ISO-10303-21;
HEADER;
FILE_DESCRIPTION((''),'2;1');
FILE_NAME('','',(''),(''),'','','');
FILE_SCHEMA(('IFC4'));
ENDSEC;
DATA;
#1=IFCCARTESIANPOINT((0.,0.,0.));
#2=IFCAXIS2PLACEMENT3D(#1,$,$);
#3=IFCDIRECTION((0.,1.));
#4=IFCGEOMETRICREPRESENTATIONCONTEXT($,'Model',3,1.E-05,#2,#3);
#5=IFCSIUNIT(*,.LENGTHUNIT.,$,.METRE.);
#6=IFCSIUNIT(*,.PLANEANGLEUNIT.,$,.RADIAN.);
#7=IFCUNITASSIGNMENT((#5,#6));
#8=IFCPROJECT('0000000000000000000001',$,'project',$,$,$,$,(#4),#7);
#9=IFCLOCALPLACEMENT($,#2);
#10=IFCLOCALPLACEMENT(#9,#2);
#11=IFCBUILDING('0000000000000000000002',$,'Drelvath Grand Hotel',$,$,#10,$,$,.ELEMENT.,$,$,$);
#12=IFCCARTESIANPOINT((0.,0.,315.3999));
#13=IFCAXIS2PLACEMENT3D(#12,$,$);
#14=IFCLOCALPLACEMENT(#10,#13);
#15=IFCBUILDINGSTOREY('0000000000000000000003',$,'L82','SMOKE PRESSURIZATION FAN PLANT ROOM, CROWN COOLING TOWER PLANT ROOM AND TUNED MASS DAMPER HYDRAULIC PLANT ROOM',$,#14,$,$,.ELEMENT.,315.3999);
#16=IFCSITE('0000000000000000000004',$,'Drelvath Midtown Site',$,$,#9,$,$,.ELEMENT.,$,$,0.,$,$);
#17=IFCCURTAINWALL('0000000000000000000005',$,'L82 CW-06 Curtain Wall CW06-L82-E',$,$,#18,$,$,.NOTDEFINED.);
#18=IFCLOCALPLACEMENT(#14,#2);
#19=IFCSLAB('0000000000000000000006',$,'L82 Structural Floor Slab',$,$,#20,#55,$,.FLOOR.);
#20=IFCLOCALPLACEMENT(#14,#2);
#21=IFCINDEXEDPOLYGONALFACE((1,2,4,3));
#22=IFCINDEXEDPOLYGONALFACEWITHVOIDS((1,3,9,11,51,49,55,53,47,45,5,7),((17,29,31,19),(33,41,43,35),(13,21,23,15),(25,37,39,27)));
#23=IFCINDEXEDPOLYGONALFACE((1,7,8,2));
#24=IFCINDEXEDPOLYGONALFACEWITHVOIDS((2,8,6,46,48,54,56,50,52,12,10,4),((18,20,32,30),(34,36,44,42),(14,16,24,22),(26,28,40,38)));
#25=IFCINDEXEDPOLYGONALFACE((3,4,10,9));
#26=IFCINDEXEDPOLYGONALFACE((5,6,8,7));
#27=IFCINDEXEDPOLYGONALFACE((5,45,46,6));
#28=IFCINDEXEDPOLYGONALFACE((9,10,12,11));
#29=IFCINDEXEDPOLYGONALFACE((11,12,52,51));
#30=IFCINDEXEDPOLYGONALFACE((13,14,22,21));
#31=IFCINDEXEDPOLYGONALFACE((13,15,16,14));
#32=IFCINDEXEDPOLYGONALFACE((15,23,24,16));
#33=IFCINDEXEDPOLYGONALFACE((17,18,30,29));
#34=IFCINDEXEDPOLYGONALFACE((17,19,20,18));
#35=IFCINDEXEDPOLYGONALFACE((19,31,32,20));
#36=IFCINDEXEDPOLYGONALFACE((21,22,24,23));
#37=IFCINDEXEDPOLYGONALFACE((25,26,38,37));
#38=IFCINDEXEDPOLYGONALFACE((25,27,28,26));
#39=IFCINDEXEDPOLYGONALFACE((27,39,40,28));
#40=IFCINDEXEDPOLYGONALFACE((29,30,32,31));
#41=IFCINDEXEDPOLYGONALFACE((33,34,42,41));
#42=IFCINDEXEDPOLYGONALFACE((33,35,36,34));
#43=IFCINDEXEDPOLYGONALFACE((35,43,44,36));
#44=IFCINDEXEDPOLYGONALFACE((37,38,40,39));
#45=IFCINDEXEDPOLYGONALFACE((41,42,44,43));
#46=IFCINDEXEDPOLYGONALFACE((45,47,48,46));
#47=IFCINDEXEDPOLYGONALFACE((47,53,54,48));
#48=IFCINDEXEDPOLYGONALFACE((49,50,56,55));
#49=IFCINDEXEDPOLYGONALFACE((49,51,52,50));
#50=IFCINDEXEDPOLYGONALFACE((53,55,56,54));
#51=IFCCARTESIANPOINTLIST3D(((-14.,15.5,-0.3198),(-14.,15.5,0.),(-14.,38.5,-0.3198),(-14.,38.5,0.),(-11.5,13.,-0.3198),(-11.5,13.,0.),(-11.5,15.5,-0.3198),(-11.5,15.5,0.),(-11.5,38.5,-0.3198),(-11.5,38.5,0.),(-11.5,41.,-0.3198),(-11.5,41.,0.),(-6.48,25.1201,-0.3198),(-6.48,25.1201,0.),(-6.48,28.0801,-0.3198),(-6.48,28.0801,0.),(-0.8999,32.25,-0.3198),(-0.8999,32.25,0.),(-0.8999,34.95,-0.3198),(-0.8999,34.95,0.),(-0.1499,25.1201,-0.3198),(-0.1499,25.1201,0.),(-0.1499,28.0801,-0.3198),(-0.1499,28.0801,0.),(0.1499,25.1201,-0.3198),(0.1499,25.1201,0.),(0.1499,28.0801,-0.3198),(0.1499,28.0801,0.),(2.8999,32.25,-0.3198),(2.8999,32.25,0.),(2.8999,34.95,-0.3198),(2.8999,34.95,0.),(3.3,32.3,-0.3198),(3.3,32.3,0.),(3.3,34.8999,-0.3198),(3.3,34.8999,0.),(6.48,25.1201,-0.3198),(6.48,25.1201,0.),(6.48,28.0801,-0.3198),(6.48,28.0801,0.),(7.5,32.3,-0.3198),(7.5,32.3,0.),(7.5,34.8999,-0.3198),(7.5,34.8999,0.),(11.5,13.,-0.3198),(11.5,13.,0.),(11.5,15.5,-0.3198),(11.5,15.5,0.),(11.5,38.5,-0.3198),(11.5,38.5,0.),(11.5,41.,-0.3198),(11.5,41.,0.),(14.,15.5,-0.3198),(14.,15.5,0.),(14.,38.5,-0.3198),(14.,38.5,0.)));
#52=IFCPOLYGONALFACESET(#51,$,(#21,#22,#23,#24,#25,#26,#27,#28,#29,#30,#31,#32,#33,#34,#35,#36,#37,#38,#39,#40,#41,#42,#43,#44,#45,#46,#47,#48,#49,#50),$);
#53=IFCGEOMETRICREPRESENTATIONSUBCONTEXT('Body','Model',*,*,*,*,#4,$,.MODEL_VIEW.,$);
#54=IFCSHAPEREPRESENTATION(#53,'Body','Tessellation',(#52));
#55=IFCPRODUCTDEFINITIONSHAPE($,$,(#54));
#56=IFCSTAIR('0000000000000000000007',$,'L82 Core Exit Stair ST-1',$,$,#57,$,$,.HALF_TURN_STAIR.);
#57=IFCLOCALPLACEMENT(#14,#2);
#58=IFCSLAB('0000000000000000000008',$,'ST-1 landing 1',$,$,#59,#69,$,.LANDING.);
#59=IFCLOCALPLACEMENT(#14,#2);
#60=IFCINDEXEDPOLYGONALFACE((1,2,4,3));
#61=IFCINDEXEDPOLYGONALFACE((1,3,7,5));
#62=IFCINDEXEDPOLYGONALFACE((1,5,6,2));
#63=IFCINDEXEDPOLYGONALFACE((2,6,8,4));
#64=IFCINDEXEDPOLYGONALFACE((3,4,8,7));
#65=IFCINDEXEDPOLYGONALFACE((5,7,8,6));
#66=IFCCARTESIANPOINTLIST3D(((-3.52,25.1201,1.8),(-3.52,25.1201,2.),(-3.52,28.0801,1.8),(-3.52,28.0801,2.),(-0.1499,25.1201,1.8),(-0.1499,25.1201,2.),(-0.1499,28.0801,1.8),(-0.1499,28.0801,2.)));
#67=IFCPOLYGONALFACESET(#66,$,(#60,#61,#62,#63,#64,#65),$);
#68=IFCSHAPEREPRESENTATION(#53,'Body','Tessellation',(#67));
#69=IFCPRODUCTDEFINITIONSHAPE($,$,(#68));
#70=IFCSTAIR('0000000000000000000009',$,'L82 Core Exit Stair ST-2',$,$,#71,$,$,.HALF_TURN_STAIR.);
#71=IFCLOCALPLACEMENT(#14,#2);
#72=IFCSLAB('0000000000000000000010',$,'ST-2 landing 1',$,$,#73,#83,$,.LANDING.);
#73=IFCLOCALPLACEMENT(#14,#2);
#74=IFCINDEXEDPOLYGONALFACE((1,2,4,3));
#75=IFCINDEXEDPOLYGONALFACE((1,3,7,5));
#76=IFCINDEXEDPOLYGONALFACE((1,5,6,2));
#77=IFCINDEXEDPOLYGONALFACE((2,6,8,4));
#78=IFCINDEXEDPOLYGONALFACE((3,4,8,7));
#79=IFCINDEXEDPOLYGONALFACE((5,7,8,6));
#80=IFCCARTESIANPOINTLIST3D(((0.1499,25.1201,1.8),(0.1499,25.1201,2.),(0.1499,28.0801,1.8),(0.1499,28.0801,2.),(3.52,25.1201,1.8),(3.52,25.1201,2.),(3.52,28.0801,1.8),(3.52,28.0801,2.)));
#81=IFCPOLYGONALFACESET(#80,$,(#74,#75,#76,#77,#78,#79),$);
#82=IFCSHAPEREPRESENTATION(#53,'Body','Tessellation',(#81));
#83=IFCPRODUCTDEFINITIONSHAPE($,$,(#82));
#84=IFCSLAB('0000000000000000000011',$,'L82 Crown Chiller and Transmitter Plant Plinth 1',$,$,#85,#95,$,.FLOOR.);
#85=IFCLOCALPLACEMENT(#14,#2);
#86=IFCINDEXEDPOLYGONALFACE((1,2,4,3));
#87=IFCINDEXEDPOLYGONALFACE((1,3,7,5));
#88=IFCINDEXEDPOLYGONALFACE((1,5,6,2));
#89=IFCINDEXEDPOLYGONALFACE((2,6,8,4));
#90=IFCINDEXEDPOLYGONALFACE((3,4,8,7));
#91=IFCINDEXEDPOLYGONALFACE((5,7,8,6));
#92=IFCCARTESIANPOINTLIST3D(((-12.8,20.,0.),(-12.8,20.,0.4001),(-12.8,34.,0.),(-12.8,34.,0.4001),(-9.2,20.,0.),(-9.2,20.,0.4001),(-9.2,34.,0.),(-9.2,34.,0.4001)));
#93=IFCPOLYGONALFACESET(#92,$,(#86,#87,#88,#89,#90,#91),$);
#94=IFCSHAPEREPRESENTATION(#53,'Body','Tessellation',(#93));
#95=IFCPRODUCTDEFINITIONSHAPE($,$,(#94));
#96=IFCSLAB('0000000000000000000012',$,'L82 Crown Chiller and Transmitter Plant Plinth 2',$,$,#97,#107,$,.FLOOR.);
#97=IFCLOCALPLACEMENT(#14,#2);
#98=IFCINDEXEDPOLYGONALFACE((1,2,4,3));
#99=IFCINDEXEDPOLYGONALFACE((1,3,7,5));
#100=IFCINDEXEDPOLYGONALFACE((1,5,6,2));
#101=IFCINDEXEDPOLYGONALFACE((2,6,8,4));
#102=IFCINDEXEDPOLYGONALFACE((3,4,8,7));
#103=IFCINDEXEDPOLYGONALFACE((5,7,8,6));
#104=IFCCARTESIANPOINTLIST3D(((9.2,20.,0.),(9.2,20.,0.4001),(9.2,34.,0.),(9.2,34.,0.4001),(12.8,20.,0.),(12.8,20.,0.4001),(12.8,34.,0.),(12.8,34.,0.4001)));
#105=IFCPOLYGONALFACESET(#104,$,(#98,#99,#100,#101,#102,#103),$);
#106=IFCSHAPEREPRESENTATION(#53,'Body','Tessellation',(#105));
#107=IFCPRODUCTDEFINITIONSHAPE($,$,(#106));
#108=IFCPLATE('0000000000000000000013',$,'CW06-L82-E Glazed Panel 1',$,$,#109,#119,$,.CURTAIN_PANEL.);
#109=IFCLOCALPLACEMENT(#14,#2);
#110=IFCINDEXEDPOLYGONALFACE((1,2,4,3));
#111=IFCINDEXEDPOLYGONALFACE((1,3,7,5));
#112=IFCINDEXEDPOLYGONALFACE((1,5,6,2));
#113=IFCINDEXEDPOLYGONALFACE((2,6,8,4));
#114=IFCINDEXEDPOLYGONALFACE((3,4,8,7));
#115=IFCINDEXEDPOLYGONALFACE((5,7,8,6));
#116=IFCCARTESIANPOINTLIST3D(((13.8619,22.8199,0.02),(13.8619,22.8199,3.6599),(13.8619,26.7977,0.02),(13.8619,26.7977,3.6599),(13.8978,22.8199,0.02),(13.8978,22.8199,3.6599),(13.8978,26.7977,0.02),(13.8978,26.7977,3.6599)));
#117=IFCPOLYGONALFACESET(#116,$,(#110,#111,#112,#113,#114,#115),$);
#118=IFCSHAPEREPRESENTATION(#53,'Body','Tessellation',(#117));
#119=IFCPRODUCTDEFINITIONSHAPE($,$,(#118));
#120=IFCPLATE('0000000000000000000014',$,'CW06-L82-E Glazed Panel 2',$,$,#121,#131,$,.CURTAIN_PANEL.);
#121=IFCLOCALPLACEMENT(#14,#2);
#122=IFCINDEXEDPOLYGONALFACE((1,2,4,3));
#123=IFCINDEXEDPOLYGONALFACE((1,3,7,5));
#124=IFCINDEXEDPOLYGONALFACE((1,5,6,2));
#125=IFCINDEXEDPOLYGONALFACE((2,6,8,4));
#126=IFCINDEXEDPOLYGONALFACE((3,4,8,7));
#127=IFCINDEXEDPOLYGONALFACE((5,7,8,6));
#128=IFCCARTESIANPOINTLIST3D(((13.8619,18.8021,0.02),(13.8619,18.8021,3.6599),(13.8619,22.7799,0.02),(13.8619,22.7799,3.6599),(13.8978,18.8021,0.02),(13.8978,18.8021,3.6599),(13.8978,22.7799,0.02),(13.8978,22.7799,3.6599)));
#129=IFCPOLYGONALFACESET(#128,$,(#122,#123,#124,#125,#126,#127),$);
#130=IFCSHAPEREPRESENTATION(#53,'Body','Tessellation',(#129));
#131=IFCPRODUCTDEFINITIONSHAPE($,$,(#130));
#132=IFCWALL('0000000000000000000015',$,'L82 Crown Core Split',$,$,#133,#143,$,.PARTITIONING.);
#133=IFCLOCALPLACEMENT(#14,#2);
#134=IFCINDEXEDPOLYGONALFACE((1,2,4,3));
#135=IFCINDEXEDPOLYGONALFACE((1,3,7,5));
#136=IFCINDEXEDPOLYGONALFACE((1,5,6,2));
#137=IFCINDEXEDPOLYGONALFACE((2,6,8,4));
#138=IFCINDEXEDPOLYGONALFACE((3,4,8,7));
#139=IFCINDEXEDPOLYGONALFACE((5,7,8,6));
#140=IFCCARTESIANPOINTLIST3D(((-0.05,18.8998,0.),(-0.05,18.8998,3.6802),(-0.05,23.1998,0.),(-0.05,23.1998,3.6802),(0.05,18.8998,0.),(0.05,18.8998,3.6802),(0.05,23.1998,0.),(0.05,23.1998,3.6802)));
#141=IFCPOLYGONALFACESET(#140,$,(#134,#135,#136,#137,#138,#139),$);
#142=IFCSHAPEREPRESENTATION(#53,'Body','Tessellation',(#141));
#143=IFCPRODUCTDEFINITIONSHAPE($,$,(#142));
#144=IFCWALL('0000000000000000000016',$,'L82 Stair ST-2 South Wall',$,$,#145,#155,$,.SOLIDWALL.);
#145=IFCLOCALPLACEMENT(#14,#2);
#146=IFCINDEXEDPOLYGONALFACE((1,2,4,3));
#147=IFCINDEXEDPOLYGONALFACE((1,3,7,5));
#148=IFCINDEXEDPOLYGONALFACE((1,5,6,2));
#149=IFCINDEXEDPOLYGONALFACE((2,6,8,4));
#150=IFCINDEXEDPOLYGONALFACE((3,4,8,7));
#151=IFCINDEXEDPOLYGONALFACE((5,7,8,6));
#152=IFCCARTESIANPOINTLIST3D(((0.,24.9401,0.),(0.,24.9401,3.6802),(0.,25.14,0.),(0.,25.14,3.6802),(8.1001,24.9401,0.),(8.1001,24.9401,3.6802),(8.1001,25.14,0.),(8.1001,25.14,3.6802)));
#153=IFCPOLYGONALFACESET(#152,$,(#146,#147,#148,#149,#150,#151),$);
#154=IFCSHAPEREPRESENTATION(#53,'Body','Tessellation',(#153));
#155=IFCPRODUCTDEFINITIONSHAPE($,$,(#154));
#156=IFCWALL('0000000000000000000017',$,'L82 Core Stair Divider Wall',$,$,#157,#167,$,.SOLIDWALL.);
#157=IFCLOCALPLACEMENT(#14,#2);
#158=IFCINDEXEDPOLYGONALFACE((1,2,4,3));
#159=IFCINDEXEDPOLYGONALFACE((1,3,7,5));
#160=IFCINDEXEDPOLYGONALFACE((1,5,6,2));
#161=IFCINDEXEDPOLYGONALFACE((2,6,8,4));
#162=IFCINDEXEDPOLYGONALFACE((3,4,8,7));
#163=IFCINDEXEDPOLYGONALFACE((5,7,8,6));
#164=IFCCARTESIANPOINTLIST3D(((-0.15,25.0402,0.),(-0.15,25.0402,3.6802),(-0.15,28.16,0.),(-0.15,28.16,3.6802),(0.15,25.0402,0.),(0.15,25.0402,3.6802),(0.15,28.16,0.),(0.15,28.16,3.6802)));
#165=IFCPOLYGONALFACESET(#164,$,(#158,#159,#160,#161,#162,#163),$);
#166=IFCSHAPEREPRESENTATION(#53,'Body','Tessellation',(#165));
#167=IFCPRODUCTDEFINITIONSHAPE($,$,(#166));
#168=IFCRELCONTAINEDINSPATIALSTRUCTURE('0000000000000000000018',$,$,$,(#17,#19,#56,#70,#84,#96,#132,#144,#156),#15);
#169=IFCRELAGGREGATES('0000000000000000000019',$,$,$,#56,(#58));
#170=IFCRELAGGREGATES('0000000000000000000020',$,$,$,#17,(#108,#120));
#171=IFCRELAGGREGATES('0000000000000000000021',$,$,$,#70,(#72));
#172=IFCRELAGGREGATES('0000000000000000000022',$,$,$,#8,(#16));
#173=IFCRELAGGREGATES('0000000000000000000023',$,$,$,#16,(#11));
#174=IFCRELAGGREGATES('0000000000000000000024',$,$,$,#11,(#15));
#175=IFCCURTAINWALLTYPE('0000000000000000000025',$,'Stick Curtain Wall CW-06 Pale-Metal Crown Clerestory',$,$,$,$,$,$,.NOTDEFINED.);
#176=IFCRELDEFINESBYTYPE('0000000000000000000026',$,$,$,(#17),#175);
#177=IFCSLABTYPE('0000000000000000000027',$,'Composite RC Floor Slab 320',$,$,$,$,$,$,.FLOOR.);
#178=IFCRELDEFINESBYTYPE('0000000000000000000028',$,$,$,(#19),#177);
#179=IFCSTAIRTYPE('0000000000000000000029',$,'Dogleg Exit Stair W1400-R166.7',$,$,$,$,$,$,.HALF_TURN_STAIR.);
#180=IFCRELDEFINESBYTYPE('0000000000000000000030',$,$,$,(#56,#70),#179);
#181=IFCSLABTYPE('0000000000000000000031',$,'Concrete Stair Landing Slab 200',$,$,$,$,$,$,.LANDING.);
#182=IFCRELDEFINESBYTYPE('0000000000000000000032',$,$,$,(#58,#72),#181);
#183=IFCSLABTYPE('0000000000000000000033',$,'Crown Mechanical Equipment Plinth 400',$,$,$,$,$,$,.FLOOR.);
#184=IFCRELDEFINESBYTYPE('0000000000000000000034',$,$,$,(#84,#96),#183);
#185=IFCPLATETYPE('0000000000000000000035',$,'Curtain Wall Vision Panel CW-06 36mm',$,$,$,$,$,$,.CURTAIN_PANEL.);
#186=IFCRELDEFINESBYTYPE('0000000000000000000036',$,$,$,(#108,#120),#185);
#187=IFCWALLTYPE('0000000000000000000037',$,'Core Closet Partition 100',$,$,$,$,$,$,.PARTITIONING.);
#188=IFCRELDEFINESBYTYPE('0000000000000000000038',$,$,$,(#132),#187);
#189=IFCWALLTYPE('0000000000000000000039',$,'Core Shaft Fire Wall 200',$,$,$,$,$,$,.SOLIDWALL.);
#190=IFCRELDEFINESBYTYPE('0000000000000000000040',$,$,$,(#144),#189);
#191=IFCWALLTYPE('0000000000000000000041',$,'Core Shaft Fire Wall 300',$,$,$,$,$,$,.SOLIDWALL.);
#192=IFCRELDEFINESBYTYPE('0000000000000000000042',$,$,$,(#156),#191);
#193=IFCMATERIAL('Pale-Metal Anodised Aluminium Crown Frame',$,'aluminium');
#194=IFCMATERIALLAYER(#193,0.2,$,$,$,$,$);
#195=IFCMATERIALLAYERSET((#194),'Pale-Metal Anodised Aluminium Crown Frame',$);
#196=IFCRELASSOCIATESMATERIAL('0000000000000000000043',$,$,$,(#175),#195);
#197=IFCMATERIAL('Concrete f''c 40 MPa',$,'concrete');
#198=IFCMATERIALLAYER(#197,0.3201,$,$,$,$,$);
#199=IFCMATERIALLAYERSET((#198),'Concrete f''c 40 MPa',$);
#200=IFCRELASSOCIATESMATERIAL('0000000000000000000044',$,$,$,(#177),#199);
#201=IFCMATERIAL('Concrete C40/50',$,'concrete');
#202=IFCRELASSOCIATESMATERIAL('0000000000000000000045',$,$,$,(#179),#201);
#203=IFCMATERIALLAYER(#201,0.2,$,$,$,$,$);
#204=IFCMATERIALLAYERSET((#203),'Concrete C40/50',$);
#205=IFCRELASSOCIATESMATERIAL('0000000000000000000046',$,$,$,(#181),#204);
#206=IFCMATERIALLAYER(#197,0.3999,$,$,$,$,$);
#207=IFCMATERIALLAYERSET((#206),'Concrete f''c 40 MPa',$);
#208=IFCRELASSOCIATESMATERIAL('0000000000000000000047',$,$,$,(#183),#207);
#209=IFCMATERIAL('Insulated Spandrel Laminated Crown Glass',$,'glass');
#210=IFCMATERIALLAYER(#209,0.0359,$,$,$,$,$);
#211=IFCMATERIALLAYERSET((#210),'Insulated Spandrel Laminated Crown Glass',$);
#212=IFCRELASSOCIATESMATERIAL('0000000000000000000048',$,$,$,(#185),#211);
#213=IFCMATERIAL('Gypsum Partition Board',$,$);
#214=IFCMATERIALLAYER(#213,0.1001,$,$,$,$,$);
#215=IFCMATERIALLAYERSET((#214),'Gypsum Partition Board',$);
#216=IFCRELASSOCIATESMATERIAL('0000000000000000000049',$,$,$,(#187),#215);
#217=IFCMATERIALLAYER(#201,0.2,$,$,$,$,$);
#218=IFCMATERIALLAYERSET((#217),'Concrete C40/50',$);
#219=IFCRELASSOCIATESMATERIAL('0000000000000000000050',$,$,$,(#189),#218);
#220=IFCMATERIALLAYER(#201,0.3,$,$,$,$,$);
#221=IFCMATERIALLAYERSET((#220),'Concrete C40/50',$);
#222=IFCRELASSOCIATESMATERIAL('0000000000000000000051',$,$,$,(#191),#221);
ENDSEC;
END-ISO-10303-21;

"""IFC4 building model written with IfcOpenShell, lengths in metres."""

from ifc_helpers import new_model, si_unit, direction, frame, frame_2d, origin, origin_2d, place, context, subcontext, project, spatial, polyline, rectangle, outline, extrude, material, layer, layer_set, type_object, element, aggregate, save


model = new_model("IFC4")

# Units and contexts
model_context = context("Model", 3, precision=1e-05, world=origin(), true_north=direction((0.0, 1.0)))
body_context = subcontext(model_context, "Body", "Model", "MODEL_VIEW")
ifc_project = project(units=[si_unit("LENGTHUNIT", "METRE"), si_unit("PLANEANGLEUNIT", "RADIAN")], contexts=[model_context])

# Site, building, storey
site_placement = place(None, origin())
site = spatial("IfcSite", under=ifc_project, at=site_placement, Name="Drelvath Midtown Site", CompositionType="ELEMENT", RefElevation=0.0)
building_placement = place(site_placement, origin())
building = spatial("IfcBuilding", under=site, at=building_placement, Name="Drelvath Grand Hotel", CompositionType="ELEMENT")
storey_placement = place(building_placement, frame((0.0, 0.0, 315.3999)))
storey = spatial("IfcBuildingStorey", under=building, at=storey_placement, Name="L82", Description="SMOKE PRESSURIZATION FAN PLANT ROOM, CROWN COOLING TOWER PLANT ROOM AND TUNED MASS DAMPER HYDRAULIC PLANT ROOM", CompositionType="ELEMENT", Elevation=315.3999)

# Curtain wall
ifc_material_1 = material(Name="Pale-Metal Anodised Aluminium Crown Frame", Category="aluminium")
ifc_layer_1 = layer(ifc_material_1, 0.2)
ifc_layer_set_1 = layer_set([ifc_layer_1], Name="Pale-Metal Anodised Aluminium Crown Frame")
curtain_wall_type = type_object("IfcCurtainWallType", Name="Stick Curtain Wall CW-06 Pale-Metal Crown Clerestory", PredefinedType="NOTDEFINED", material=ifc_layer_set_1)
curtain_wall_placement = place(storey_placement, origin())
curtain_wall = element("IfcCurtainWall", 1, at=curtain_wall_placement, inside=storey, type_object=curtain_wall_type, Name="L82 CW-06 Curtain Wall CW06-L82-E", PredefinedType="NOTDEFINED")

# Slab
ifc_material_2 = material(Name="Concrete f'c 40 MPa", Category="concrete")
ifc_layer_2 = layer(ifc_material_2, 0.3201)
ifc_layer_set_2 = layer_set([ifc_layer_2], Name="Concrete f'c 40 MPa")
slab_type_1 = type_object("IfcSlabType", Name="Composite RC Floor Slab 320", PredefinedType="FLOOR", material=ifc_layer_set_2)
slab_1_placement = place(storey_placement, frame((0.0, 0.0, -0.3198)))
element("IfcSlab", 2, at=slab_1_placement, inside=storey, type_object=slab_type_1, Name="L82 Structural Floor Slab", PredefinedType="FLOOR", context=body_context, shape_type="SweptSolid", body=[
    extrude(outline(polyline([(-11.5, 13.0), (11.5, 13.0), (11.5, 15.5), (14.0, 15.5), (14.0, 38.5), (11.5, 38.5), (11.5, 41.0), (-11.5, 41.0), (-11.5, 38.5), (-14.0, 38.5), (-14.0, 15.5), (-11.5, 15.5), (-11.5, 13.0)]), holes=[polyline([(-6.48, 25.1201), (-6.48, 28.0801), (-0.1499, 28.0801), (-0.1499, 25.1201), (-6.48, 25.1201)]), polyline([(0.1499, 25.1201), (0.1499, 28.0801), (6.48, 28.0801), (6.48, 25.1201), (0.1499, 25.1201)]), polyline([(-0.8999, 32.25), (-0.8999, 34.95), (2.8999, 34.95), (2.8999, 32.25), (-0.8999, 32.25)]), polyline([(3.3, 32.3), (3.3, 34.8999), (7.5, 34.8999), (7.5, 32.3), (3.3, 32.3)])]), origin(), (0.0, 0.0, 1.0), 0.3198),
])

# Stairs, slabs
ifc_material_3 = material(Name="Concrete C40/50", Category="concrete")
stair_type = type_object("IfcStairType", Name="Dogleg Exit Stair W1400-R166.7", PredefinedType="HALF_TURN_STAIR", material=ifc_material_3)
stair_1_placement = place(storey_placement, origin())
stair_1 = element("IfcStair", 3, at=stair_1_placement, inside=storey, type_object=stair_type, Name="L82 Core Exit Stair ST-1", PredefinedType="HALF_TURN_STAIR")
ifc_layer_3 = layer(ifc_material_3, 0.2)
ifc_layer_set_3 = layer_set([ifc_layer_3], Name="Concrete C40/50")
slab_type_2 = type_object("IfcSlabType", Name="Concrete Stair Landing Slab 200", PredefinedType="LANDING", material=ifc_layer_set_3)
slab_2_placement = place(storey_placement, frame((0.0, 0.0, 1.8)))
slab_2 = element("IfcSlab", 4, at=slab_2_placement, type_object=slab_type_2, Name="ST-1 landing 1", PredefinedType="LANDING", context=body_context, shape_type="SweptSolid", body=[
    extrude(outline(polyline([(-3.52, 25.1201), (-0.1499, 25.1201), (-0.1499, 28.0801), (-3.52, 28.0801), (-3.52, 25.1201)])), origin(), (0.0, 0.0, 1.0), 0.2),
])
aggregate(stair_1, [slab_2])
stair_2_placement = place(storey_placement, origin())
stair_2 = element("IfcStair", 5, at=stair_2_placement, inside=storey, type_object=stair_type, Name="L82 Core Exit Stair ST-2", PredefinedType="HALF_TURN_STAIR")
slab_3_placement = place(storey_placement, frame((0.0, 0.0, 1.8)))
slab_3 = element("IfcSlab", 6, at=slab_3_placement, type_object=slab_type_2, Name="ST-2 landing 1", PredefinedType="LANDING", context=body_context, shape_type="SweptSolid", body=[
    extrude(outline(polyline([(3.52, 28.0801), (0.1499, 28.0801), (0.1499, 25.1201), (3.52, 25.1201), (3.52, 28.0801)])), origin(), (0.0, 0.0, 1.0), 0.2),
])

# Slabs
ifc_layer_4 = layer(ifc_material_2, 0.3999)
ifc_layer_set_4 = layer_set([ifc_layer_4], Name="Concrete f'c 40 MPa")
slab_type_3 = type_object("IfcSlabType", Name="Crown Mechanical Equipment Plinth 400", PredefinedType="FLOOR", material=ifc_layer_set_4)
slab_4_placement = place(storey_placement, origin())
element("IfcSlab", 7, at=slab_4_placement, inside=storey, type_object=slab_type_3, Name="L82 Crown Chiller and Transmitter Plant Plinth 1", PredefinedType="FLOOR", context=body_context, shape_type="SweptSolid", body=[
    extrude(outline(polyline([(-12.8, 20.0), (-9.2, 20.0), (-9.2, 34.0), (-12.8, 34.0), (-12.8, 20.0)])), origin(), (0.0, 0.0, 1.0), 0.4001),
])
slab_5_placement = place(storey_placement, origin())
element("IfcSlab", 8, at=slab_5_placement, inside=storey, type_object=slab_type_3, Name="L82 Crown Chiller and Transmitter Plant Plinth 2", PredefinedType="FLOOR", context=body_context, shape_type="SweptSolid", body=[
    extrude(outline(polyline([(9.2, 20.0), (12.8, 20.0), (12.8, 34.0), (9.2, 34.0), (9.2, 20.0)])), origin(), (0.0, 0.0, 1.0), 0.4001),
])

# Plates
ifc_material_4 = material(Name="Insulated Spandrel Laminated Crown Glass", Category="glass")
ifc_layer_5 = layer(ifc_material_4, 0.0359)
ifc_layer_set_5 = layer_set([ifc_layer_5], Name="Insulated Spandrel Laminated Crown Glass")
plate_type = type_object("IfcPlateType", Name="Curtain Wall Vision Panel CW-06 36mm", PredefinedType="CURTAIN_PANEL", material=ifc_layer_set_5)
plate_1_placement = place(storey_placement, frame((13.8799, 24.8088, 0.02), z_axis=(0.0, 0.0, 1.0), x_axis=(0.0, -1.0, 0.0)))
plate_1 = element("IfcPlate", 9, at=plate_1_placement, type_object=plate_type, Name="CW06-L82-E Glazed Panel 1", PredefinedType="CURTAIN_PANEL", context=body_context, shape_type="SweptSolid", body=[
    extrude(rectangle(XDim=3.9778, YDim=0.0359, at=origin_2d()), origin(), (0.0, 0.0, 1.0), 3.6399),
])
plate_2_placement = place(storey_placement, frame((13.8799, 20.791, 0.02), z_axis=(0.0, 0.0, 1.0), x_axis=(0.0, -1.0, 0.0)))
plate_2 = element("IfcPlate", 10, at=plate_2_placement, type_object=plate_type, Name="CW06-L82-E Glazed Panel 2", PredefinedType="CURTAIN_PANEL", context=body_context, shape_type="SweptSolid", body=[
    extrude(rectangle(XDim=3.9778, YDim=0.0359, at=origin_2d()), origin(), (0.0, 0.0, 1.0), 3.6399),
])
aggregate(curtain_wall, [plate_1, plate_2])

# Walls
ifc_material_5 = material(Name="Gypsum Partition Board")
ifc_layer_6 = layer(ifc_material_5, 0.1001)
ifc_layer_set_6 = layer_set([ifc_layer_6], Name="Gypsum Partition Board")
wall_type_1 = type_object("IfcWallType", Name="Core Closet Partition 100", PredefinedType="PARTITIONING", material=ifc_layer_set_6)
wall_1_placement = place(storey_placement, frame((0.0, 18.8999, 0.0), z_axis=(0.0, 0.0, 1.0), x_axis=(0.0, 1.0, 0.0)))
element("IfcWall", 11, at=wall_1_placement, inside=storey, type_object=wall_type_1, Name="L82 Crown Core Split", PredefinedType="PARTITIONING", context=body_context, shape_type="SweptSolid", body=[
    extrude(rectangle(XDim=4.3, YDim=0.1001, at=frame_2d((2.1499, 0.0))), origin(), (0.0, 0.0, 1.0), 3.6802),
])
ifc_layer_7 = layer(ifc_material_3, 0.2)
ifc_layer_set_7 = layer_set([ifc_layer_7], Name="Concrete C40/50")
wall_type_2 = type_object("IfcWallType", Name="Core Shaft Fire Wall 200", PredefinedType="SOLIDWALL", material=ifc_layer_set_7)
wall_2_placement = place(storey_placement, frame((0.0, 25.04, 0.0), z_axis=(0.0, 0.0, 1.0), x_axis=(1.0, 0.0, 0.0)))
element("IfcWall", 12, at=wall_2_placement, inside=storey, type_object=wall_type_2, Name="L82 Stair ST-2 South Wall", PredefinedType="SOLIDWALL", context=body_context, shape_type="SweptSolid", body=[
    extrude(rectangle(XDim=8.1001, YDim=0.2, at=frame_2d((4.05, 0.0))), origin(), (0.0, 0.0, 1.0), 3.6802),
])
ifc_layer_8 = layer(ifc_material_3, 0.3)
ifc_layer_set_8 = layer_set([ifc_layer_8], Name="Concrete C40/50")
wall_type_3 = type_object("IfcWallType", Name="Core Shaft Fire Wall 300", PredefinedType="SOLIDWALL", material=ifc_layer_set_8)
wall_3_placement = place(storey_placement, frame((0.0, 25.04, 0.0), z_axis=(0.0, 0.0, 1.0), x_axis=(0.0, 1.0, 0.0)))
element("IfcWall", 13, at=wall_3_placement, inside=storey, type_object=wall_type_3, Name="L82 Core Stair Divider Wall", PredefinedType="SOLIDWALL", context=body_context, shape_type="SweptSolid", body=[
    extrude(rectangle(XDim=3.1199, YDim=0.3, at=frame_2d((1.5601, 0.0))), origin(), (0.0, 0.0, 1.0), 3.6802),
])

aggregate(stair_2, [slab_3])

save(model, "model.ifc")
